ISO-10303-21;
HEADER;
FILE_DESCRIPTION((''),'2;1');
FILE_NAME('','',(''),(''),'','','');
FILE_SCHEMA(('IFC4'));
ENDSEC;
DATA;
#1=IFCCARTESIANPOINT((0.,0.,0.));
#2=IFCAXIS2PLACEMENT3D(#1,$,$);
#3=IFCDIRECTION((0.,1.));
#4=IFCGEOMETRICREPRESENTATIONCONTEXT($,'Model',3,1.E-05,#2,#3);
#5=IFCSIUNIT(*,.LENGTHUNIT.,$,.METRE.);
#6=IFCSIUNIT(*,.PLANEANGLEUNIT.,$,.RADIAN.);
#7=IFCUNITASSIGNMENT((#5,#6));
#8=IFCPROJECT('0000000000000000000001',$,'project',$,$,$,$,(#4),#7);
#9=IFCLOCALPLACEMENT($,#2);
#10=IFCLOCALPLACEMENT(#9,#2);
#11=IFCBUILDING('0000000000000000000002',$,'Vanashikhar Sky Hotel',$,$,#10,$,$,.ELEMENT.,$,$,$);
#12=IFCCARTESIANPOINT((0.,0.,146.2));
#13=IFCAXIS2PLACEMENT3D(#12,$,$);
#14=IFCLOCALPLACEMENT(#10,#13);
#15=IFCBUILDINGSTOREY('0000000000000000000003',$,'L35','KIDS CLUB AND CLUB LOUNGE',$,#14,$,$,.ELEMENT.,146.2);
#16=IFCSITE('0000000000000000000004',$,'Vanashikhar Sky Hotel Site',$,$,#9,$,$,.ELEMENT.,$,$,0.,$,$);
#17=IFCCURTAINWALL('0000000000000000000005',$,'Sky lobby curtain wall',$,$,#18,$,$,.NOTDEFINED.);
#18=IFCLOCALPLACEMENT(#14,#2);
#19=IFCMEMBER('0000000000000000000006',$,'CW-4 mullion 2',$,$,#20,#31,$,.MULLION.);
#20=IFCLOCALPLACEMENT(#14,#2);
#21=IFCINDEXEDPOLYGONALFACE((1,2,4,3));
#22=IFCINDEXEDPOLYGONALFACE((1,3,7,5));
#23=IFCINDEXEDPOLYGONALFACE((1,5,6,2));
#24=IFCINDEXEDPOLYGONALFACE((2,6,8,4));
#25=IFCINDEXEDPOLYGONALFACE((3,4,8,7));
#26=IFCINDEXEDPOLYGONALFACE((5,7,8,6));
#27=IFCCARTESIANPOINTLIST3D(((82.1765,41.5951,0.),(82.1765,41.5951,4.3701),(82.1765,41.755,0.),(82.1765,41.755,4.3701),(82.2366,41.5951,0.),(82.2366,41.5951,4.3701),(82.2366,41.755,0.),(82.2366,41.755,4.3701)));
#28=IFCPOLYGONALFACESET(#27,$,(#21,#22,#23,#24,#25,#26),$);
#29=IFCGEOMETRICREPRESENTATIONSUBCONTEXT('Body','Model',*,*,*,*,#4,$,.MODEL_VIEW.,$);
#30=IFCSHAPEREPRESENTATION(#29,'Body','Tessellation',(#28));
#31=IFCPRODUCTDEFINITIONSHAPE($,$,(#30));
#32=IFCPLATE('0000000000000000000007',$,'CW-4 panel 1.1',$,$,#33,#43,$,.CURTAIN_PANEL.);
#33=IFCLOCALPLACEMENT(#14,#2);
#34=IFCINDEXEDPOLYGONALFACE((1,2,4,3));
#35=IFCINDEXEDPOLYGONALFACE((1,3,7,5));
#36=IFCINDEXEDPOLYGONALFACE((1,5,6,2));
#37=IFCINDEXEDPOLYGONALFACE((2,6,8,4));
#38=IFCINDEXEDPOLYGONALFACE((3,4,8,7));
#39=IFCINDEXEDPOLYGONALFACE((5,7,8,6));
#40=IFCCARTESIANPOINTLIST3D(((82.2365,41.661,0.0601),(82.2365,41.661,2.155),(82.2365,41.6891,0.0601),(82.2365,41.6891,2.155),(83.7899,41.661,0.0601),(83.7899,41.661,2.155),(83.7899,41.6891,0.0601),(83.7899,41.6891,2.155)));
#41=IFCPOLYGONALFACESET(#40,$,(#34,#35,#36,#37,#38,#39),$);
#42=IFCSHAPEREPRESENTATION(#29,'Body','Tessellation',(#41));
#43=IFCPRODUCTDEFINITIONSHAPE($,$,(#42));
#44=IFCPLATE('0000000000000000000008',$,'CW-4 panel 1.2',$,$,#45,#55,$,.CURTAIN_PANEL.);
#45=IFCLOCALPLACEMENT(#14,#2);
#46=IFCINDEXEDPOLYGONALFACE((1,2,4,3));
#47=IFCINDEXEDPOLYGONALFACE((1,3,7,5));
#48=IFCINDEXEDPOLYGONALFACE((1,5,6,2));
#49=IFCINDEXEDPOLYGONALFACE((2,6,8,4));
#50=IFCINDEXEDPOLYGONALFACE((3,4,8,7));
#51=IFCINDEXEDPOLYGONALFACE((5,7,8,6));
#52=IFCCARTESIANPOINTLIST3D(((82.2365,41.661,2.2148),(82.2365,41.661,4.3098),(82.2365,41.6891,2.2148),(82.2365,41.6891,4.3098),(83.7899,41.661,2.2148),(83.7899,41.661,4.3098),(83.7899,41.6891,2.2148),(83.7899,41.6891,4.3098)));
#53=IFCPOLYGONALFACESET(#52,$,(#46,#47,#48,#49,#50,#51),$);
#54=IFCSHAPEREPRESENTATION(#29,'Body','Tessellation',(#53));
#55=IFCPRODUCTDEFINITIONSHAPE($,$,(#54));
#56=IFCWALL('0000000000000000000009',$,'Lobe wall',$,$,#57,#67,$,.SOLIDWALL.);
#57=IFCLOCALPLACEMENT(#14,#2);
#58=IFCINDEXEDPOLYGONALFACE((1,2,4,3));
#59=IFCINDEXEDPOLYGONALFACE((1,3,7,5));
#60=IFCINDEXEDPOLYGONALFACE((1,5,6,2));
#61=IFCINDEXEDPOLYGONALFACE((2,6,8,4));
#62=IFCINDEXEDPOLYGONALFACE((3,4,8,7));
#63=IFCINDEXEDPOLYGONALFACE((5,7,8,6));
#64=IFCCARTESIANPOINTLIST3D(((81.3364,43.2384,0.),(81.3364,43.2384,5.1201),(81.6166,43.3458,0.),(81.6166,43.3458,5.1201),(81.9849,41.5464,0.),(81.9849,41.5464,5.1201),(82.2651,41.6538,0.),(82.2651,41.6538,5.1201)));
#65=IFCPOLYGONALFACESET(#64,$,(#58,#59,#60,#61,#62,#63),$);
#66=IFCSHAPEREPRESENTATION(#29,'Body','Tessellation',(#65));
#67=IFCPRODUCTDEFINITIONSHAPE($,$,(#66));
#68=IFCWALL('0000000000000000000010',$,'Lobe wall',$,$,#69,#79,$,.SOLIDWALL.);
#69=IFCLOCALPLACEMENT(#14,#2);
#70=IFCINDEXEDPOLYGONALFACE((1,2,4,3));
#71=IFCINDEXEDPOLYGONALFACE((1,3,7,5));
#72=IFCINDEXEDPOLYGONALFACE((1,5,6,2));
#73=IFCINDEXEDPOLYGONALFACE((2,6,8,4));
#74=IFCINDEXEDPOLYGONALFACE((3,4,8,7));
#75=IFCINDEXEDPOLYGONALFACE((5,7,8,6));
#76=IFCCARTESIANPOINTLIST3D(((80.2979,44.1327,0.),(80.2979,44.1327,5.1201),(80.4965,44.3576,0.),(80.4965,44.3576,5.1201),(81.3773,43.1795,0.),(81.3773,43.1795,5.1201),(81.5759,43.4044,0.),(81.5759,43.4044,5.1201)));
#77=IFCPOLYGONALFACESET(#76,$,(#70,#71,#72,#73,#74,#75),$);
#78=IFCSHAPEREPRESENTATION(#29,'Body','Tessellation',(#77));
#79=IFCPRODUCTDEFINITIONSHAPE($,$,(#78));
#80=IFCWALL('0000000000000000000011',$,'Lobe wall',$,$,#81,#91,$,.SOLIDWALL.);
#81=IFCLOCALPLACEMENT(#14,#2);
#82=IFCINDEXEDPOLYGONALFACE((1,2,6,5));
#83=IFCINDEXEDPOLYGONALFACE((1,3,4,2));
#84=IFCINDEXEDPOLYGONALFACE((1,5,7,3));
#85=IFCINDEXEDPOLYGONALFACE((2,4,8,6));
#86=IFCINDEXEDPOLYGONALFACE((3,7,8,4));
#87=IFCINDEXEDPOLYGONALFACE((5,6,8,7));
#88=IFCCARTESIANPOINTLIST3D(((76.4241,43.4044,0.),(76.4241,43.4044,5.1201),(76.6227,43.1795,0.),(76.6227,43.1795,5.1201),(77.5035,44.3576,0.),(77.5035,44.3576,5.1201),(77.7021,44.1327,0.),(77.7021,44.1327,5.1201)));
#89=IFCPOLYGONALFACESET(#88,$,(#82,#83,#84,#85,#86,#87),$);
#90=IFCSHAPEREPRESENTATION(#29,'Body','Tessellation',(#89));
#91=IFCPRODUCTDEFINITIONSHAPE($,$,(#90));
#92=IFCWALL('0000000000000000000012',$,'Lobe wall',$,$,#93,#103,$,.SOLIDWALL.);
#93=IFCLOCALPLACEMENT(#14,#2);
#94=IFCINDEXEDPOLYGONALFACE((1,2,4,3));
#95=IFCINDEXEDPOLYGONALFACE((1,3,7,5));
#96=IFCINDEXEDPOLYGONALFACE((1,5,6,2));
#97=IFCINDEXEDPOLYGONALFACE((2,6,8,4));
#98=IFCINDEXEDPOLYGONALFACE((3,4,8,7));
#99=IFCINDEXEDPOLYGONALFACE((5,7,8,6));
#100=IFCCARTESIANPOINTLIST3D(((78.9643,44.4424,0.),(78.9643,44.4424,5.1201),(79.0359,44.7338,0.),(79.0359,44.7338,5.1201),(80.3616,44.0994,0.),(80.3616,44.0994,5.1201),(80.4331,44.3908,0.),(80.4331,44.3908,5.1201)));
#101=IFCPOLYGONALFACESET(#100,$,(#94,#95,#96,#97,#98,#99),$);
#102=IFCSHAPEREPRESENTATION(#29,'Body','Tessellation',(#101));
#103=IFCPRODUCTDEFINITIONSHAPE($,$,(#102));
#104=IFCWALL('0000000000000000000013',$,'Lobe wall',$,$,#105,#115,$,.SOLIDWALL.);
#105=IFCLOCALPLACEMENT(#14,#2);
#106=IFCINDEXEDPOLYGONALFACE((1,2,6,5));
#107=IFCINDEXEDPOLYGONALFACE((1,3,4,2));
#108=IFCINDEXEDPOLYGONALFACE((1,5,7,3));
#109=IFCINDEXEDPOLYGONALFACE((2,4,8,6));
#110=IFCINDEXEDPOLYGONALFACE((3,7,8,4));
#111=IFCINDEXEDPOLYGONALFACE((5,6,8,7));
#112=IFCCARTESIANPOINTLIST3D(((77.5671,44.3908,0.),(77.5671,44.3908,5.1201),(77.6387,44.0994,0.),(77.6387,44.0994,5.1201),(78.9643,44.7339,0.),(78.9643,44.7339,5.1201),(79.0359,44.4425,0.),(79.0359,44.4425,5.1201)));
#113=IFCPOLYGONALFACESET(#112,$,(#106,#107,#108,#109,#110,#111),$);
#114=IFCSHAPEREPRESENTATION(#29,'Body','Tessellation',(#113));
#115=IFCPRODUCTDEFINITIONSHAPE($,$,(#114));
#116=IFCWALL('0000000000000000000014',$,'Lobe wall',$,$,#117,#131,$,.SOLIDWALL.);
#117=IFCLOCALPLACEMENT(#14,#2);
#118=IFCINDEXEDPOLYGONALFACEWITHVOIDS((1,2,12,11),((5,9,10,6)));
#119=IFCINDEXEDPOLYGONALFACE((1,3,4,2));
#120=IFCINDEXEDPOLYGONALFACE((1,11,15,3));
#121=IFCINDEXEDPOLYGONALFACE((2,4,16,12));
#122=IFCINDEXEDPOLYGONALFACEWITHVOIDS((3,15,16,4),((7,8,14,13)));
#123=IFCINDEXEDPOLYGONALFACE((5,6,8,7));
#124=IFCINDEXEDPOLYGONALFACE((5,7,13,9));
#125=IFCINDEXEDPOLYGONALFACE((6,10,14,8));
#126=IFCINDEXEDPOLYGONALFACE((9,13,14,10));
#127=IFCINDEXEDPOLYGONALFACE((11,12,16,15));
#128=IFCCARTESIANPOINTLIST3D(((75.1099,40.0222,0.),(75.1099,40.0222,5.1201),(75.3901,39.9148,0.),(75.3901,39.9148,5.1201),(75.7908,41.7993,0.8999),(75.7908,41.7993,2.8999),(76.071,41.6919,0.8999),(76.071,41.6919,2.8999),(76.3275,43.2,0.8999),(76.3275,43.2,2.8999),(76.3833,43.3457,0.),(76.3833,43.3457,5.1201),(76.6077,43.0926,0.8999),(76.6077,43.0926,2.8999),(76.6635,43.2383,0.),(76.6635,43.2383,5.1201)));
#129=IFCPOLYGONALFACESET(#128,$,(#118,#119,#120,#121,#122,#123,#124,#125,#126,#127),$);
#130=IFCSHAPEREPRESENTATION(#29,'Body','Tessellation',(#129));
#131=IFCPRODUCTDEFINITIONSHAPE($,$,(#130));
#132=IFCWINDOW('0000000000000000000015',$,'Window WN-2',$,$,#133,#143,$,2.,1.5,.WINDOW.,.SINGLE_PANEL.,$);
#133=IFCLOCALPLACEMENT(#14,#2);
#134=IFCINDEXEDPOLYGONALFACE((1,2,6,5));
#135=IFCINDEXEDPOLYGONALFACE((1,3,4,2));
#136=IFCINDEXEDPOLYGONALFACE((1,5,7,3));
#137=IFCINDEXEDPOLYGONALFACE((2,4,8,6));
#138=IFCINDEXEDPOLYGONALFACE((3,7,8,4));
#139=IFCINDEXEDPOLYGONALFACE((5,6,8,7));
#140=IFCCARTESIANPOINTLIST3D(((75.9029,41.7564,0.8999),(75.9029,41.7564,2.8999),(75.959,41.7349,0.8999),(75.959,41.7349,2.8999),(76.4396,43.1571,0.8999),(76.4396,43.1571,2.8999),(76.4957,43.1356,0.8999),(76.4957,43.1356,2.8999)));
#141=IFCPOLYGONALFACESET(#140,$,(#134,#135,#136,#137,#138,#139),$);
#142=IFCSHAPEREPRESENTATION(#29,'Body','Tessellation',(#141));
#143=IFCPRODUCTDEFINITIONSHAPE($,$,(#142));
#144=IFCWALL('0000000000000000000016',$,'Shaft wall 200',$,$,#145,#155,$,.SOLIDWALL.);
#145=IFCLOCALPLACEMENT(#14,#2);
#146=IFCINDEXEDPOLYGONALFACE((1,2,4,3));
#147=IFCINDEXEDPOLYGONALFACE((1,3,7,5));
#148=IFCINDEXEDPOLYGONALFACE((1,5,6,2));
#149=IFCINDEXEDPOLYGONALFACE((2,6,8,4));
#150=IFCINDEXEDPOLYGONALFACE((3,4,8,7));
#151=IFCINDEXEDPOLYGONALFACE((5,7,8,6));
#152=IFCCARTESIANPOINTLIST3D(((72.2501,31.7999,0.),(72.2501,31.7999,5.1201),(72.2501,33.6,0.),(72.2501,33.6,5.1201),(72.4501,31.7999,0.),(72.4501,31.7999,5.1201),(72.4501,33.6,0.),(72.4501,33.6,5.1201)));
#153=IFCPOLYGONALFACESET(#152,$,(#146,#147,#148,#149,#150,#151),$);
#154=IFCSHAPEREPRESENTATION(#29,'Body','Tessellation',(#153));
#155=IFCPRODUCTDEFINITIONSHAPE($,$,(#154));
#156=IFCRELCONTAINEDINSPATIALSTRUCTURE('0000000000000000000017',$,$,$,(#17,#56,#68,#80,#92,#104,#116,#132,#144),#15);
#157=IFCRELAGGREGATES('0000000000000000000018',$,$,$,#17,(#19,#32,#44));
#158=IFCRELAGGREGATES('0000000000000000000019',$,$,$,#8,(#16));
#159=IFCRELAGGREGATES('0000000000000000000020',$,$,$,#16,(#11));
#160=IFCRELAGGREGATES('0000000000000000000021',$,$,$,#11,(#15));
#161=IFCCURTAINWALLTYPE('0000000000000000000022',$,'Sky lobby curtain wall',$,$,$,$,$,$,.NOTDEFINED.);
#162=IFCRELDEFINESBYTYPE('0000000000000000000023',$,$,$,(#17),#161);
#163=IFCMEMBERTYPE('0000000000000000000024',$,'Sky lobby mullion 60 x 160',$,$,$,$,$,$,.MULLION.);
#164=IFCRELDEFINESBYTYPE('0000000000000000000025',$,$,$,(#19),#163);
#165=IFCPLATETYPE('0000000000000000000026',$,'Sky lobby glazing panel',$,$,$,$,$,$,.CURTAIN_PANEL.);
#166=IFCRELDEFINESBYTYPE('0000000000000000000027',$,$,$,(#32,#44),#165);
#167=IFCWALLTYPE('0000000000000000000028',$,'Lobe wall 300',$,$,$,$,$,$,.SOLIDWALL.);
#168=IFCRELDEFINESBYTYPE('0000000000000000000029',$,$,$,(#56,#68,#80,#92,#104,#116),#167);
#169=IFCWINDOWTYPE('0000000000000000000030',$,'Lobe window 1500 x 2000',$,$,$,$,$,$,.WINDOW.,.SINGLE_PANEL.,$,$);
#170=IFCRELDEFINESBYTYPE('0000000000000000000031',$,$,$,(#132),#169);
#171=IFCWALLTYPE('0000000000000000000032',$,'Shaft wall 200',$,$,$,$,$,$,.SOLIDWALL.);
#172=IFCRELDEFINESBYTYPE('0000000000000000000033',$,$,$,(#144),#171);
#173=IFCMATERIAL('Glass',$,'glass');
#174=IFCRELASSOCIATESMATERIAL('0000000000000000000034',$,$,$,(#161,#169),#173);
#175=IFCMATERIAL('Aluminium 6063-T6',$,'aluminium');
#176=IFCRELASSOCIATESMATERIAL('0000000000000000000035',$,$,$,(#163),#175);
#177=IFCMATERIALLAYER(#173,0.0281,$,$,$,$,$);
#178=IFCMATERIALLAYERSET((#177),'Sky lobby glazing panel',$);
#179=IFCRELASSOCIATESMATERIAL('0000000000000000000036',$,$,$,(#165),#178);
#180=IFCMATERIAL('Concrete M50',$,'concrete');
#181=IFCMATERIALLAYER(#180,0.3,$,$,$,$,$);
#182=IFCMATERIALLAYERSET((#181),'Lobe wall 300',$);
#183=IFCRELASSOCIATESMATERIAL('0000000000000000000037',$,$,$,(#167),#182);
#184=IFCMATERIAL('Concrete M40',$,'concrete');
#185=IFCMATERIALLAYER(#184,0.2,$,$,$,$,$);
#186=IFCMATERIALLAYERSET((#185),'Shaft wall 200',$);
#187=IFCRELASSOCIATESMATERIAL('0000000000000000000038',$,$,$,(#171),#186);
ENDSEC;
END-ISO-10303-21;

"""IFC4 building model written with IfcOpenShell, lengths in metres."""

from ifc_helpers import new_model, si_unit, direction, frame, frame_2d, origin, origin_2d, place, context, subcontext, project, spatial, rectangle, extrude, source, transform, mapped, material, layer, layer_set, material_profile, profile_set, type_object, element, fill, aggregate, save


model = new_model("IFC4")

# Units and contexts
model_context = context("Model", 3, precision=1e-05, world=origin(), true_north=direction((0.0, 1.0)))
body_context = subcontext(model_context, "Body", "Model", "MODEL_VIEW")
ifc_project = project(units=[si_unit("LENGTHUNIT", "METRE"), si_unit("PLANEANGLEUNIT", "RADIAN")], contexts=[model_context])

# Site, building, storey
site_placement = place(None, origin())
site = spatial("IfcSite", under=ifc_project, at=site_placement, Name="Vanashikhar Sky Hotel Site", CompositionType="ELEMENT", RefElevation=0.0)
building_placement = place(site_placement, origin())
building = spatial("IfcBuilding", under=site, at=building_placement, Name="Vanashikhar Sky Hotel", CompositionType="ELEMENT")
storey_placement = place(building_placement, frame((0.0, 0.0, 146.2)))
storey = spatial("IfcBuildingStorey", under=building, at=storey_placement, Name="L35", Description="KIDS CLUB AND CLUB LOUNGE", CompositionType="ELEMENT", Elevation=146.2)

# Curtain wall, member, plates
ifc_material_1 = material(Name="Glass", Category="glass")
curtain_wall_type = type_object("IfcCurtainWallType", Name="Sky lobby curtain wall", PredefinedType="NOTDEFINED", material=ifc_material_1)
curtain_wall_placement = place(storey_placement, origin())
curtain_wall = element("IfcCurtainWall", 1, at=curtain_wall_placement, inside=storey, type_object=curtain_wall_type, Name="Sky lobby curtain wall", PredefinedType="NOTDEFINED")
ifc_material_2 = material(Name="Aluminium 6063-T6", Category="aluminium")
ifc_material_profile_1 = material_profile(ifc_material_2, rectangle(XDim=0.1599, YDim=0.0601, at=origin_2d()))
ifc_profile_set_1 = profile_set([ifc_material_profile_1], Name="Aluminium 6063-T6")
member_type = type_object("IfcMemberType", Name="Sky lobby mullion 60 x 160", PredefinedType="MULLION", material=ifc_profile_set_1)
shared_shape_1 = source(origin(), body_context, "Body", "SweptSolid", [
    extrude(rectangle(XDim=0.1599, YDim=0.0601, at=origin_2d()), origin(), (0.0, 0.0, 1.0), 4.3701),
])
member_placement = place(storey_placement, frame((82.2065, 41.675, 0.0), z_axis=(0.0, 0.0, 1.0), x_axis=(0.0, -1.0, 0.0)))
member = element("IfcMember", 2, at=member_placement, type_object=member_type, Name="CW-4 mullion 2", PredefinedType="MULLION", context=body_context, shape_type="MappedRepresentation", body=[
    mapped(shared_shape_1, transform((0.0, 0.0, 0.0), scale=1.0)),
])
ifc_layer_1 = layer(ifc_material_1, 0.0281)
ifc_layer_set_1 = layer_set([ifc_layer_1], Name="Sky lobby glazing panel")
plate_type = type_object("IfcPlateType", Name="Sky lobby glazing panel", PredefinedType="CURTAIN_PANEL", material=ifc_layer_set_1)
shared_shape_2 = source(origin(), body_context, "Body", "SweptSolid", [
    extrude(rectangle(XDim=1.5535, YDim=0.0281, at=origin_2d()), origin(), (0.0, 0.0, 1.0), 2.095),
])
plate_1_placement = place(storey_placement, frame((83.0132, 41.675, 0.0601), z_axis=(0.0, 0.0, 1.0), x_axis=(-1.0, 0.0, 0.0)))
plate_1 = element("IfcPlate", 3, at=plate_1_placement, type_object=plate_type, Name="CW-4 panel 1.1", PredefinedType="CURTAIN_PANEL", context=body_context, shape_type="MappedRepresentation", body=[
    mapped(shared_shape_2, transform((0.0, 0.0, 0.0), scale=1.0)),
])
plate_2_placement = place(storey_placement, frame((83.0132, 41.675, 2.2148), z_axis=(0.0, 0.0, 1.0), x_axis=(-1.0, 0.0, 0.0)))
plate_2 = element("IfcPlate", 4, at=plate_2_placement, type_object=plate_type, Name="CW-4 panel 1.2", PredefinedType="CURTAIN_PANEL", context=body_context, shape_type="MappedRepresentation", body=[
    mapped(shared_shape_2, transform((0.0, 0.0, 0.0), scale=1.0)),
])
aggregate(curtain_wall, [member, plate_1, plate_2])

# Walls
ifc_material_3 = material(Name="Concrete M50", Category="concrete")
ifc_layer_2 = layer(ifc_material_3, 0.3)
ifc_layer_set_2 = layer_set([ifc_layer_2], Name="Lobe wall 300")
wall_type_1 = type_object("IfcWallType", Name="Lobe wall 300", PredefinedType="SOLIDWALL", material=ifc_layer_set_2)
shared_shape_3 = source(origin(), body_context, "Body", "SweptSolid", [
    extrude(rectangle(XDim=1.812, YDim=0.3, at=frame_2d((0.906, 0.0))), origin(), (0.0, 0.0, 1.0), 5.1201),
])
wall_1_placement = place(storey_placement, frame((82.125, 41.6001, 0.0), z_axis=(0.0, 0.0, 1.0), x_axis=(-0.357877, 0.933769, 0.0)))
element("IfcWall", 5, at=wall_1_placement, inside=storey, type_object=wall_type_1, Name="Lobe wall", PredefinedType="SOLIDWALL", context=body_context, shape_type="MappedRepresentation", body=[
    mapped(shared_shape_3, transform((0.0, 0.0, 0.0), scale=1.0)),
])
shared_shape_4 = source(origin(), body_context, "Body", "SweptSolid", [
    extrude(rectangle(XDim=1.4399, YDim=0.3, at=frame_2d((0.72, 0.0))), origin(), (0.0, 0.0, 1.0), 5.1201),
])
for number, where, z_axis, x_axis, name in (
    (6, (81.4766, 43.292, 0.0), (0.0, 0.0, 1.0), (-0.749576, 0.661919, 0.0), "Lobe wall"),
    (7, (77.6028, 44.2451, 0.0), (0.0, 0.0, 1.0), (-0.749576, -0.661919, 0.0), "Lobe wall"),
):
    element("IfcWall", number, at=place(storey_placement, frame(where, z_axis=z_axis, x_axis=x_axis)), inside=storey, type_object=wall_type_1, Name=name, PredefinedType="SOLIDWALL", context=body_context, shape_type="MappedRepresentation", body=[
        mapped(shared_shape_4, transform((0.0, 0.0, 0.0), scale=1.0)),
    ])
shared_shape_5 = source(origin(), body_context, "Body", "SweptSolid", [
    extrude(rectangle(XDim=1.4387, YDim=0.3, at=frame_2d((0.7192, 0.0))), origin(), (0.0, 0.0, 1.0), 5.1201),
])
for number, where, z_axis, x_axis, name in (
    (8, (80.3972, 44.2451, 0.0), (0.0, 0.0, 1.0), (-0.971162, 0.238421, 0.0), "Lobe wall"),
    (9, (79.0, 44.5881, 0.0), (0.0, 0.0, 1.0), (-0.971162, -0.238421, 0.0), "Lobe wall"),
):
    element("IfcWall", number, at=place(storey_placement, frame(where, z_axis=z_axis, x_axis=x_axis)), inside=storey, type_object=wall_type_1, Name=name, PredefinedType="SOLIDWALL", context=body_context, shape_type="MappedRepresentation", body=[
        mapped(shared_shape_5, transform((0.0, 0.0, 0.0), scale=1.0)),
    ])

# Wall, opening, window
shared_shape_6 = source(origin(), body_context, "Body", "SweptSolid", [
    extrude(rectangle(XDim=3.5591, YDim=0.3, at=frame_2d((1.7795, 0.0))), origin(), (0.0, 0.0, 1.0), 5.1201),
])
wall_2_placement = place(storey_placement, frame((76.5234, 43.292, 0.0), z_axis=(0.0, 0.0, 1.0), x_axis=(-0.357797, -0.933799, 0.0)))
wall_2 = element("IfcWall", 10, at=wall_2_placement, inside=storey, type_object=wall_type_1, Name="Lobe wall", PredefinedType="SOLIDWALL", context=body_context, shape_type="MappedRepresentation", body=[
    mapped(shared_shape_6, transform((0.0, 0.0, 0.0), scale=1.0)),
])
shared_shape_7 = source(origin(), body_context, "Body", "SweptSolid", [
    extrude(rectangle(XDim=1.5, YDim=2.0, at=frame_2d((0.75, 1.0))), frame((0.0, 0.1602, 0.0), z_axis=(0.0, -1.0, 0.0), x_axis=(1.0, 0.0, 0.0)), (0.0, 0.0, 1.0), 0.3201),
])
opening_1_placement = place(wall_2_placement, frame((0.156, 0.0, 0.8999)))
opening_1 = element("IfcOpeningElement", 11, at=opening_1_placement, cuts=wall_2, PredefinedType="OPENING", context=body_context, shape_type="MappedRepresentation", body=[
    mapped(shared_shape_7, transform((0.0, 0.0, 0.0), scale=1.0)),
])
window_type = type_object("IfcWindowType", Name="Lobe window 1500 x 2000", PartitioningType="SINGLE_PANEL", PredefinedType="WINDOW", material=ifc_material_1)
shared_shape_8 = source(origin(), body_context, "Body", "SweptSolid", [
    extrude(rectangle(XDim=1.5, YDim=2.0, at=frame_2d((0.75, 1.0))), frame((0.0, 0.03, 0.0), z_axis=(0.0, -1.0, 0.0), x_axis=(1.0, 0.0, 0.0)), (0.0, 0.0, 1.0), 0.0601),
])
window_placement = place(opening_1_placement, origin())
window = element("IfcWindow", 12, at=window_placement, inside=storey, type_object=window_type, Name="Window WN-2", OverallHeight=2.0, OverallWidth=1.5, PartitioningType="SINGLE_PANEL", PredefinedType="WINDOW", context=body_context, shape_type="MappedRepresentation", body=[
    mapped(shared_shape_8, transform((0.0, 0.0, 0.0), scale=1.0)),
])
fill(opening_1, window)

# Wall
ifc_material_4 = material(Name="Concrete M40", Category="concrete")
ifc_layer_3 = layer(ifc_material_4, 0.2)
ifc_layer_set_3 = layer_set([ifc_layer_3], Name="Shaft wall 200")
wall_type_2 = type_object("IfcWallType", Name="Shaft wall 200", PredefinedType="SOLIDWALL", material=ifc_layer_set_3)
shared_shape_9 = source(origin(), body_context, "Body", "SweptSolid", [
    extrude(rectangle(XDim=1.8, YDim=0.2, at=frame_2d((0.8999, 0.0))), origin(), (0.0, 0.0, 1.0), 5.1201),
])
wall_3_placement = place(storey_placement, frame((72.3501, 31.8, 0.0), z_axis=(0.0, 0.0, 1.0), x_axis=(0.0, 1.0, 0.0)))
element("IfcWall", 13, at=wall_3_placement, inside=storey, type_object=wall_type_2, Name="Shaft wall 200", PredefinedType="SOLIDWALL", context=body_context, shape_type="MappedRepresentation", body=[
    mapped(shared_shape_9, transform((0.0, 0.0, 0.0), scale=1.0)),
])

save(model, "model.ifc")
